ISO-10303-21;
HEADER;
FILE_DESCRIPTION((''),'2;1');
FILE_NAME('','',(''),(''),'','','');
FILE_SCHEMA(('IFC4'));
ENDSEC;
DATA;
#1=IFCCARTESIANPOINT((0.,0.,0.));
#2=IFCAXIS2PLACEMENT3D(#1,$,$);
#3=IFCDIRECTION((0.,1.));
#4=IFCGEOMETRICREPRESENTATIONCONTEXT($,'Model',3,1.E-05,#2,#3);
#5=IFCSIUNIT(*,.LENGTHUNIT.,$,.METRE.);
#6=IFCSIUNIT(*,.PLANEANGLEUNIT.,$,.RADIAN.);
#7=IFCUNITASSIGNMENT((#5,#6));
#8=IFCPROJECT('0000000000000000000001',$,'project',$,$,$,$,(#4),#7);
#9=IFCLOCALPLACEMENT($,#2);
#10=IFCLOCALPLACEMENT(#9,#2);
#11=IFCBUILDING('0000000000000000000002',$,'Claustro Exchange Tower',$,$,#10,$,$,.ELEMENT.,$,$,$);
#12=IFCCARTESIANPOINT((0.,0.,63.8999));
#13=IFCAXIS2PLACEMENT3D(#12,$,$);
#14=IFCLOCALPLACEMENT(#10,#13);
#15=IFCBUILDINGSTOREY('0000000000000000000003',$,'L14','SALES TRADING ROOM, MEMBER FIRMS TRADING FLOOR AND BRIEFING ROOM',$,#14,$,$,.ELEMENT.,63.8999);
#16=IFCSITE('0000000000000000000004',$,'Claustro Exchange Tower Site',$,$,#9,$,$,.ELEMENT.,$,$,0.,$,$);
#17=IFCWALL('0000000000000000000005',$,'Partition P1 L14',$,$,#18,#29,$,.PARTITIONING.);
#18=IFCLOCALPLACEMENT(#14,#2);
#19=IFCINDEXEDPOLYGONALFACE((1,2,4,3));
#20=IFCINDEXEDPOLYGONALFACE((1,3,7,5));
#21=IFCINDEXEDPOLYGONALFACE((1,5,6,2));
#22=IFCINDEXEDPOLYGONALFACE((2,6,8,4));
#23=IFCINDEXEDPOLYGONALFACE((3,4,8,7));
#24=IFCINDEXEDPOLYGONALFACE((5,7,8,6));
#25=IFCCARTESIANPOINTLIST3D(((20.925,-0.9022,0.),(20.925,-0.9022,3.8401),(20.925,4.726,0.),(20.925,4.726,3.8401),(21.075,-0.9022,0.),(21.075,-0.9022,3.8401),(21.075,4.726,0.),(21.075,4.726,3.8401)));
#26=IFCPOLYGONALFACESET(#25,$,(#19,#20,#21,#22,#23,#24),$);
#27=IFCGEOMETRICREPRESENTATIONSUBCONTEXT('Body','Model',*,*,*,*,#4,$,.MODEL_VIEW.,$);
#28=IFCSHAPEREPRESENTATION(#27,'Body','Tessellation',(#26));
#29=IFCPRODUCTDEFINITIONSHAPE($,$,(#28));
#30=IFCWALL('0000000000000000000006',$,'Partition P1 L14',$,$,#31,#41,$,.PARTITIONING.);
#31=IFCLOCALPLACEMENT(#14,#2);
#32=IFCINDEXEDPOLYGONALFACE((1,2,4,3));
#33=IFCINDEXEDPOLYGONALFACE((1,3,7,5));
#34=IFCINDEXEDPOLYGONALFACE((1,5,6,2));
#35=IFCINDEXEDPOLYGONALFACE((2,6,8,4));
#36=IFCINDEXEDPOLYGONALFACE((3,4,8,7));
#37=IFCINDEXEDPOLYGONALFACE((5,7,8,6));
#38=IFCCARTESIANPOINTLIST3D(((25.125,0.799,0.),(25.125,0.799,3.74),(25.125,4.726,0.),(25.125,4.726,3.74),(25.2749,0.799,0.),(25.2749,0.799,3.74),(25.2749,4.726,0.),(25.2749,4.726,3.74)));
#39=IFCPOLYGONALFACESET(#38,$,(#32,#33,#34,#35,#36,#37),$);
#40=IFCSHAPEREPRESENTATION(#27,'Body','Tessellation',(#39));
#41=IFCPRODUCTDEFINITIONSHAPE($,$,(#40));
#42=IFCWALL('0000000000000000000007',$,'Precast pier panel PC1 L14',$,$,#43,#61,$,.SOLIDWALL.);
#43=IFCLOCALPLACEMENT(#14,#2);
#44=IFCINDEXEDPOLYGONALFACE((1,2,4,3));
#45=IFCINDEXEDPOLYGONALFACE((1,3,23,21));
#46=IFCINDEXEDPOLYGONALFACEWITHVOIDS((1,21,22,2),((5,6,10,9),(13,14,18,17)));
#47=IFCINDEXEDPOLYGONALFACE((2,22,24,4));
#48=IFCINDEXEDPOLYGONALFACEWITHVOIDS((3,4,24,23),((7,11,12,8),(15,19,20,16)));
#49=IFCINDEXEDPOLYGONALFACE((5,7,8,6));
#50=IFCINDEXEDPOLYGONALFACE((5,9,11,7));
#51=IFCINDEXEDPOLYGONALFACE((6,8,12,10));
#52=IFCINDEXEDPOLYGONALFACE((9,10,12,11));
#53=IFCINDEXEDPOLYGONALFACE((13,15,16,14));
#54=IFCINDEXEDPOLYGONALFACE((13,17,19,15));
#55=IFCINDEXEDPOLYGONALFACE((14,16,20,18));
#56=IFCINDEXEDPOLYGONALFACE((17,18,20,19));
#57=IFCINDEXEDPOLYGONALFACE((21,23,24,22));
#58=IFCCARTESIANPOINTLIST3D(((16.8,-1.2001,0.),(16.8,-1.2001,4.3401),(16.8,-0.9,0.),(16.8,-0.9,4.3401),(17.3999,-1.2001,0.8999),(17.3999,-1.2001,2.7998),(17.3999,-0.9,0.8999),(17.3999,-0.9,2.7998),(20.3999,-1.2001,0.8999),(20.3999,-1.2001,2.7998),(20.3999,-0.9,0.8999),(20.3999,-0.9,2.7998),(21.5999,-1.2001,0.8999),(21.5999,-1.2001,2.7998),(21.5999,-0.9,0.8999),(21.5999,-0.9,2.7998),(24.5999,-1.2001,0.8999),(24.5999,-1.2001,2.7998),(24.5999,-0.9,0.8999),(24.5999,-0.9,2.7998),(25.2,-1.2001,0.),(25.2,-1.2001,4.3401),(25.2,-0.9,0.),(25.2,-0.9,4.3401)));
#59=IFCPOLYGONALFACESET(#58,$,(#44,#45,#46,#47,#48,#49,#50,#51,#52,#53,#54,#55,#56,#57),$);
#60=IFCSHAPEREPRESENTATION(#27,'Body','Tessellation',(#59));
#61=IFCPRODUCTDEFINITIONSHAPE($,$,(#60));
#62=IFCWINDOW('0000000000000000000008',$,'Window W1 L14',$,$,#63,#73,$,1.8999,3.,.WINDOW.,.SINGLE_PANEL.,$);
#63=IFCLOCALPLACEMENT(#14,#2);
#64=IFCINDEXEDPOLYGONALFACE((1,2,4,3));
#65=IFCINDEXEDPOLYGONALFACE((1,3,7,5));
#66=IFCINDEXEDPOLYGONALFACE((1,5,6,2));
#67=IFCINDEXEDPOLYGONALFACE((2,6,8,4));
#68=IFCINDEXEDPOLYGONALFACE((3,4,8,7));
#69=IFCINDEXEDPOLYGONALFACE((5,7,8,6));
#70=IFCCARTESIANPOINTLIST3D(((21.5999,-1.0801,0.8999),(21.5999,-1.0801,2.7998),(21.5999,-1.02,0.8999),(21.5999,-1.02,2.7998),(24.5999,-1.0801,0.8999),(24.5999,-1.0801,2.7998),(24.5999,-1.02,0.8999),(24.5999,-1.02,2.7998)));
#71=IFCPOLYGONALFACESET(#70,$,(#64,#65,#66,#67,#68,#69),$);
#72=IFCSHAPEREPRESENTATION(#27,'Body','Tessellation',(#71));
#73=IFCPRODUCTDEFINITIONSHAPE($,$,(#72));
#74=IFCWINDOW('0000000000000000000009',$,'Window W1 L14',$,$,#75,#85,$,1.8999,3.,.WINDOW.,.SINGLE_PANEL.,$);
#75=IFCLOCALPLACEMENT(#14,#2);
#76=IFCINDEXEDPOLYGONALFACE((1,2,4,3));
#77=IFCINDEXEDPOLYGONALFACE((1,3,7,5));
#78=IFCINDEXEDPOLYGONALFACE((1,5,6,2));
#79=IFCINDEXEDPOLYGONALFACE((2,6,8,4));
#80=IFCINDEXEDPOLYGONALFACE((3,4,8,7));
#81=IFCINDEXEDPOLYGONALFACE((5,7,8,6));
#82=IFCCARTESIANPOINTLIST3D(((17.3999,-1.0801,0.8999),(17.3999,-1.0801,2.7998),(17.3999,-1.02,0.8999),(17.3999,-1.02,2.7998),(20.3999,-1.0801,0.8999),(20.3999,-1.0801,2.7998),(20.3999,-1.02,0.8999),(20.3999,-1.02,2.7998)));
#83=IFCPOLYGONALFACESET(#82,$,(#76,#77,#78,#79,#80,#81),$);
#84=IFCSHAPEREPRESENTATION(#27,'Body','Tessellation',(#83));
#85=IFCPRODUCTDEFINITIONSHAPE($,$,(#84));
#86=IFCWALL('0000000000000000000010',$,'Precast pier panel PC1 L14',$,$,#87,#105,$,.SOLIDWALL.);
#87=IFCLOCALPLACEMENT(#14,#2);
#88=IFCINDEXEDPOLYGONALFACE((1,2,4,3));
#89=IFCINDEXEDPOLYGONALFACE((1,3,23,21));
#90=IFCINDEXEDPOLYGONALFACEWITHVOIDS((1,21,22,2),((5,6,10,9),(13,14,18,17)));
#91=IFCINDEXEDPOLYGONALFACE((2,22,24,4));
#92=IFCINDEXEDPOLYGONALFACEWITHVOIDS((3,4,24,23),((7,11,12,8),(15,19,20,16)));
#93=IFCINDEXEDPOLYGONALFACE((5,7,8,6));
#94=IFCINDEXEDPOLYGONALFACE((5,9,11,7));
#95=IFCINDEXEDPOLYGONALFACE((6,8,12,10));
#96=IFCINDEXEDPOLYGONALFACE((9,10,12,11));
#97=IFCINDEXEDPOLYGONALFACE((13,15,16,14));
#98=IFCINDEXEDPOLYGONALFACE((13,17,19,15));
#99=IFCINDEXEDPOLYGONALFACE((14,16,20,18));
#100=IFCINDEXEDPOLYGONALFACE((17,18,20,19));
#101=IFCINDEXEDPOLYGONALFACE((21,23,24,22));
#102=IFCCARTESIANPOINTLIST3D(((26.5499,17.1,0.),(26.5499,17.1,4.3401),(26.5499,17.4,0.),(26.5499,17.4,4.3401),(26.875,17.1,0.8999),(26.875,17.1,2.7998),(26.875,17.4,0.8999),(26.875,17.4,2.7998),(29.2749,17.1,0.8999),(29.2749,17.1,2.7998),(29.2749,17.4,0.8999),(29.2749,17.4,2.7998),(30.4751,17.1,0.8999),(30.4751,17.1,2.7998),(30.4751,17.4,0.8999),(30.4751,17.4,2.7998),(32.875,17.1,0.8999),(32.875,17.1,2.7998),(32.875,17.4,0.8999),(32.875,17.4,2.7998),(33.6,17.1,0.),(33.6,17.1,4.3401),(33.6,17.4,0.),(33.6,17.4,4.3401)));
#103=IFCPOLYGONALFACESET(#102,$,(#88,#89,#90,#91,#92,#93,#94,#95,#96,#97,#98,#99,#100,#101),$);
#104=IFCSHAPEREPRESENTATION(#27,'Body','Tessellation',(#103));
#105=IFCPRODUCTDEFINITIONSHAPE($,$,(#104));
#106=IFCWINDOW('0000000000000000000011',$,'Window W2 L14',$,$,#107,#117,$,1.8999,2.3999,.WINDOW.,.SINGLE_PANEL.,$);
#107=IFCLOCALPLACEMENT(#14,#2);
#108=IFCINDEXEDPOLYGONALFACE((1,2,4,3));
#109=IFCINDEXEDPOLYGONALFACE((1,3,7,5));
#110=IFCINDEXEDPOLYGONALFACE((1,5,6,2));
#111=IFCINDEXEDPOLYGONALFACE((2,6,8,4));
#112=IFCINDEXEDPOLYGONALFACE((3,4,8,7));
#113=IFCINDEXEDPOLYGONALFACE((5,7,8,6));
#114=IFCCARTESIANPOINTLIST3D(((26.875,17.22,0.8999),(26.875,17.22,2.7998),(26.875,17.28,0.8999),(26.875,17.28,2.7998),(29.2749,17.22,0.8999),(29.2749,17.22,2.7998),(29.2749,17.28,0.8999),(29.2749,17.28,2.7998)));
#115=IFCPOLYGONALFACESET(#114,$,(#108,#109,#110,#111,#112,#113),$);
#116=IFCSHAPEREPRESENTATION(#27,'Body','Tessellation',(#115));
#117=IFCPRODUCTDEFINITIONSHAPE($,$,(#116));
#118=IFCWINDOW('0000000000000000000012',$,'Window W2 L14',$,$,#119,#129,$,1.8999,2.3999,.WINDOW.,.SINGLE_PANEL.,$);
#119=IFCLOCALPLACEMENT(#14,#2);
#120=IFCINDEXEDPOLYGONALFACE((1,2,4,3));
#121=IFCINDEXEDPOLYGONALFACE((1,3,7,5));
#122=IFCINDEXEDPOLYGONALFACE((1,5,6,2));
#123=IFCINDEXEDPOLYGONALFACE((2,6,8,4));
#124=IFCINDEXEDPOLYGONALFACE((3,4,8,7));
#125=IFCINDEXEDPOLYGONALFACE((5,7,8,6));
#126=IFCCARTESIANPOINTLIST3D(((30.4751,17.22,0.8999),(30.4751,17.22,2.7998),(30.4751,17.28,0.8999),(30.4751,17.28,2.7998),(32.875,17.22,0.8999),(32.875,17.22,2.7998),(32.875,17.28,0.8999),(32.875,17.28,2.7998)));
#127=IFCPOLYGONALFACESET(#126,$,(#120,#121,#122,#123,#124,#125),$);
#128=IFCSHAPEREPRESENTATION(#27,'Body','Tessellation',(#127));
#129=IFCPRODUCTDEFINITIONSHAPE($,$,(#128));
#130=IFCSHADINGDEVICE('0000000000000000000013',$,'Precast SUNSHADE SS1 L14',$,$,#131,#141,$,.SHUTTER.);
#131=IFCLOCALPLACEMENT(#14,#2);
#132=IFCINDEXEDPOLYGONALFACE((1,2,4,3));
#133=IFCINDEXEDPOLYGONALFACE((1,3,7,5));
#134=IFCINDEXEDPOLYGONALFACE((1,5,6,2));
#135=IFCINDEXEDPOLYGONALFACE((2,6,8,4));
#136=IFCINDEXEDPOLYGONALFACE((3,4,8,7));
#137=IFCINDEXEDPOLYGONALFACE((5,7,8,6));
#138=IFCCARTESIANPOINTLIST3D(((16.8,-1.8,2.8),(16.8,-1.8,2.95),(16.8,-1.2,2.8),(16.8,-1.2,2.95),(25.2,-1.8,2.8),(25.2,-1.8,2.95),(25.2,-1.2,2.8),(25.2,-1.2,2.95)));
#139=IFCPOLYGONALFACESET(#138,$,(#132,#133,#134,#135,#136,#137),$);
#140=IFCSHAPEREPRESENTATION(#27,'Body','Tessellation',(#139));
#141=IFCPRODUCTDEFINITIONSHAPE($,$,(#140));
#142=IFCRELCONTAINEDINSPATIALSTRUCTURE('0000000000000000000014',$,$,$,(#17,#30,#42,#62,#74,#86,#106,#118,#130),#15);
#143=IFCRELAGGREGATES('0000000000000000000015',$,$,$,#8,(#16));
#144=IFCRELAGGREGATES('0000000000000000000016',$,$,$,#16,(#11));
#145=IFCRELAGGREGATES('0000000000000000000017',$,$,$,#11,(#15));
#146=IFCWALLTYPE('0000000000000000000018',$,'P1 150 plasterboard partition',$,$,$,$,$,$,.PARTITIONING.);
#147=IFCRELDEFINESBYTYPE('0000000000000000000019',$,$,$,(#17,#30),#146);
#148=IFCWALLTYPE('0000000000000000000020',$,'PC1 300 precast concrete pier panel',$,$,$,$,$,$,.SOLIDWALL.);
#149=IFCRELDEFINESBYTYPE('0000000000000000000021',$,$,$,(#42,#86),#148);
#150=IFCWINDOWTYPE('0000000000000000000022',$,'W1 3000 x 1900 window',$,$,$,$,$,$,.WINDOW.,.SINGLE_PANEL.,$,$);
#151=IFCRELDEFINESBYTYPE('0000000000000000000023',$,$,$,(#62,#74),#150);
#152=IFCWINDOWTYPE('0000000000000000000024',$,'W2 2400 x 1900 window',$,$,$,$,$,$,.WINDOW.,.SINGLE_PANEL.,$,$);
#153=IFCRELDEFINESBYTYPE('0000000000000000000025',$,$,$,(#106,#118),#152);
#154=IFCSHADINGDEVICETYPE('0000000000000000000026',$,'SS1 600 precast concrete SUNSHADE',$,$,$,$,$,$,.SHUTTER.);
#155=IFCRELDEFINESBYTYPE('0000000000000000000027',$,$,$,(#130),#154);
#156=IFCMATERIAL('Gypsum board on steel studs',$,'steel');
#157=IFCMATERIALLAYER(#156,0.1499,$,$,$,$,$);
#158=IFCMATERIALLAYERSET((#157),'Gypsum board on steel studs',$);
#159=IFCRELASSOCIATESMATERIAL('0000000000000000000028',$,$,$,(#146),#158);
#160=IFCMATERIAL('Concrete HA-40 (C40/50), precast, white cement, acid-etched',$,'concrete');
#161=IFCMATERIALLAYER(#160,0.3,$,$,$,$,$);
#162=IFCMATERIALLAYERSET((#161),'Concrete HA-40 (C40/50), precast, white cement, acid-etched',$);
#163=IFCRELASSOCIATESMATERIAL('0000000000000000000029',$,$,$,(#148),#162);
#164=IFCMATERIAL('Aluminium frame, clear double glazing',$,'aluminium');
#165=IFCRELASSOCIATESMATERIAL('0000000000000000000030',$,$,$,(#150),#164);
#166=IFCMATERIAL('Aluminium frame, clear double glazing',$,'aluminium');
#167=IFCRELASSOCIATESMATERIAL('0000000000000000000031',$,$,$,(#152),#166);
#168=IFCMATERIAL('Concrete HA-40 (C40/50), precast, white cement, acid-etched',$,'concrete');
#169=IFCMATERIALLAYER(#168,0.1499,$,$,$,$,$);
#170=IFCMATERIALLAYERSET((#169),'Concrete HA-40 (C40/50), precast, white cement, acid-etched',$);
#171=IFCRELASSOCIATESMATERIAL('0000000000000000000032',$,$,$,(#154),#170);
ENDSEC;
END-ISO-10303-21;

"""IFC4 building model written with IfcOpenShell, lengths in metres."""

from ifc_helpers import new_model, si_unit, direction, frame, frame_2d, origin, origin_2d, place, context, subcontext, project, spatial, rectangle, extrude, material, layer, layer_set, type_object, element, fill, save


model = new_model("IFC4")

# Units and contexts
model_context = context("Model", 3, precision=1e-05, world=origin(), true_north=direction((0.0, 1.0)))
body_context = subcontext(model_context, "Body", "Model", "MODEL_VIEW")
ifc_project = project(units=[si_unit("LENGTHUNIT", "METRE"), si_unit("PLANEANGLEUNIT", "RADIAN")], contexts=[model_context])

# Site, building, storey
site_placement = place(None, origin())
site = spatial("IfcSite", under=ifc_project, at=site_placement, Name="Claustro Exchange Tower Site", CompositionType="ELEMENT", RefElevation=0.0)
building_placement = place(site_placement, origin())
building = spatial("IfcBuilding", under=site, at=building_placement, Name="Claustro Exchange Tower", CompositionType="ELEMENT")
storey_placement = place(building_placement, frame((0.0, 0.0, 63.8999)))
storey = spatial("IfcBuildingStorey", under=building, at=storey_placement, Name="L14", Description="SALES TRADING ROOM, MEMBER FIRMS TRADING FLOOR AND BRIEFING ROOM", CompositionType="ELEMENT", Elevation=63.8999)

# Walls
ifc_material_1 = material(Name="Gypsum board on steel studs", Category="steel")
ifc_layer_1 = layer(ifc_material_1, 0.1499)
ifc_layer_set_1 = layer_set([ifc_layer_1], Name="Gypsum board on steel studs")
wall_type_1 = type_object("IfcWallType", Name="P1 150 plasterboard partition", PredefinedType="PARTITIONING", material=ifc_layer_set_1)
wall_1_placement = place(storey_placement, frame((21.0, -0.9021, 0.0), z_axis=(0.0, 0.0, 1.0), x_axis=(0.0, 1.0, 0.0)))
element("IfcWall", 1, at=wall_1_placement, inside=storey, type_object=wall_type_1, Name="Partition P1 L14", PredefinedType="PARTITIONING", context=body_context, shape_type="SweptSolid", body=[
    extrude(rectangle(XDim=5.6282, YDim=0.1499, at=frame_2d((2.814, 0.0))), origin(), (0.0, 0.0, 1.0), 3.8401),
])
wall_2_placement = place(storey_placement, frame((25.2, 0.7991, 0.0), z_axis=(0.0, 0.0, 1.0), x_axis=(0.0, 1.0, 0.0)))
element("IfcWall", 2, at=wall_2_placement, inside=storey, type_object=wall_type_1, Name="Partition P1 L14", PredefinedType="PARTITIONING", context=body_context, shape_type="SweptSolid", body=[
    extrude(rectangle(XDim=3.927, YDim=0.1499, at=frame_2d((1.9634, 0.0))), origin(), (0.0, 0.0, 1.0), 3.74),
])

# Walls, openings, windows
ifc_material_2 = material(Name="Concrete HA-40 (C40/50), precast, white cement, acid-etched", Category="concrete")
ifc_layer_2 = layer(ifc_material_2, 0.3)
ifc_layer_set_2 = layer_set([ifc_layer_2], Name="Concrete HA-40 (C40/50), precast, white cement, acid-etched")
wall_type_2 = type_object("IfcWallType", Name="PC1 300 precast concrete pier panel", PredefinedType="SOLIDWALL", material=ifc_layer_set_2)
wall_3_placement = place(storey_placement, frame((25.2, -1.05, 0.0), z_axis=(0.0, 0.0, 1.0), x_axis=(-1.0, 0.0, 0.0)))
wall_3 = element("IfcWall", 3, at=wall_3_placement, inside=storey, type_object=wall_type_2, Name="Precast pier panel PC1 L14", PredefinedType="SOLIDWALL", context=body_context, shape_type="SweptSolid", body=[
    extrude(rectangle(XDim=8.3999, YDim=0.3, at=frame_2d((4.2, 0.0))), origin(), (0.0, 0.0, 1.0), 4.3401),
])
opening_1_placement = place(wall_3_placement, frame((0.6001, 0.0, 0.8999)))
opening_1 = element("IfcOpeningElement", 4, at=opening_1_placement, cuts=wall_3, PredefinedType="OPENING", context=body_context, shape_type="SweptSolid", body=[
    extrude(rectangle(XDim=3.0, YDim=1.8999, at=frame_2d((1.5, 0.95))), frame((0.0, 0.1599, 0.0), z_axis=(0.0, -1.0, 0.0), x_axis=(1.0, 0.0, 0.0)), (0.0, 0.0, 1.0), 0.3201),
])
opening_2_placement = place(wall_3_placement, frame((4.8, 0.0, 0.8999)))
opening_2 = element("IfcOpeningElement", 5, at=opening_2_placement, cuts=wall_3, PredefinedType="OPENING", context=body_context, shape_type="SweptSolid", body=[
    extrude(rectangle(XDim=3.0, YDim=1.8999, at=frame_2d((1.5, 0.95))), frame((0.0, 0.1599, 0.0), z_axis=(0.0, -1.0, 0.0), x_axis=(1.0, 0.0, 0.0)), (0.0, 0.0, 1.0), 0.3201),
])
ifc_material_3 = material(Name="Aluminium frame, clear double glazing", Category="aluminium")
window_type_1 = type_object("IfcWindowType", Name="W1 3000 x 1900 window", PartitioningType="SINGLE_PANEL", PredefinedType="WINDOW", material=ifc_material_3)
window_1_placement = place(opening_1_placement, origin())
window_1 = element("IfcWindow", 6, at=window_1_placement, inside=storey, type_object=window_type_1, Name="Window W1 L14", OverallHeight=1.8999, OverallWidth=3.0, PartitioningType="SINGLE_PANEL", PredefinedType="WINDOW", context=body_context, shape_type="SweptSolid", body=[
    extrude(rectangle(XDim=3.0, YDim=1.8999, at=frame_2d((1.5, 0.95))), frame((0.0, 0.03, 0.0), z_axis=(0.0, -1.0, 0.0), x_axis=(1.0, 0.0, 0.0)), (0.0, 0.0, 1.0), 0.0601),
])
fill(opening_1, window_1)
window_2_placement = place(opening_2_placement, origin())
window_2 = element("IfcWindow", 7, at=window_2_placement, inside=storey, type_object=window_type_1, Name="Window W1 L14", OverallHeight=1.8999, OverallWidth=3.0, PartitioningType="SINGLE_PANEL", PredefinedType="WINDOW", context=body_context, shape_type="SweptSolid", body=[
    extrude(rectangle(XDim=3.0, YDim=1.8999, at=frame_2d((1.5, 0.95))), frame((0.0, 0.03, 0.0), z_axis=(0.0, -1.0, 0.0), x_axis=(1.0, 0.0, 0.0)), (0.0, 0.0, 1.0), 0.0601),
])
fill(opening_2, window_2)
wall_4_placement = place(storey_placement, frame((26.55, 17.25, 0.0), z_axis=(0.0, 0.0, 1.0), x_axis=(1.0, 0.0, 0.0)))
wall_4 = element("IfcWall", 8, at=wall_4_placement, inside=storey, type_object=wall_type_2, Name="Precast pier panel PC1 L14", PredefinedType="SOLIDWALL", context=body_context, shape_type="SweptSolid", body=[
    extrude(rectangle(XDim=7.05, YDim=0.3, at=frame_2d((3.5249, 0.0))), origin(), (0.0, 0.0, 1.0), 4.3401),
])
opening_3_placement = place(wall_4_placement, frame((0.325, 0.0, 0.8999)))
opening_3 = element("IfcOpeningElement", 9, at=opening_3_placement, cuts=wall_4, PredefinedType="OPENING", context=body_context, shape_type="SweptSolid", body=[
    extrude(rectangle(XDim=2.3999, YDim=1.8999, at=frame_2d((1.2, 0.95))), frame((0.0, 0.1599, 0.0), z_axis=(0.0, -1.0, 0.0), x_axis=(1.0, 0.0, 0.0)), (0.0, 0.0, 1.0), 0.3201),
])
opening_4_placement = place(wall_4_placement, frame((3.925, 0.0, 0.8999)))
opening_4 = element("IfcOpeningElement", 10, at=opening_4_placement, cuts=wall_4, PredefinedType="OPENING", context=body_context, shape_type="SweptSolid", body=[
    extrude(rectangle(XDim=2.3999, YDim=1.8999, at=frame_2d((1.2, 0.95))), frame((0.0, 0.1599, 0.0), z_axis=(0.0, -1.0, 0.0), x_axis=(1.0, 0.0, 0.0)), (0.0, 0.0, 1.0), 0.3201),
])
ifc_material_4 = material(Name="Aluminium frame, clear double glazing", Category="aluminium")
window_type_2 = type_object("IfcWindowType", Name="W2 2400 x 1900 window", PartitioningType="SINGLE_PANEL", PredefinedType="WINDOW", material=ifc_material_4)
window_3_placement = place(opening_3_placement, origin())
window_3 = element("IfcWindow", 11, at=window_3_placement, inside=storey, type_object=window_type_2, Name="Window W2 L14", OverallHeight=1.8999, OverallWidth=2.3999, PartitioningType="SINGLE_PANEL", PredefinedType="WINDOW", context=body_context, shape_type="SweptSolid", body=[
    extrude(rectangle(XDim=2.3999, YDim=1.8999, at=frame_2d((1.2, 0.95))), frame((0.0, 0.03, 0.0), z_axis=(0.0, -1.0, 0.0), x_axis=(1.0, 0.0, 0.0)), (0.0, 0.0, 1.0), 0.0601),
])
fill(opening_3, window_3)
window_4_placement = place(opening_4_placement, origin())
window_4 = element("IfcWindow", 12, at=window_4_placement, inside=storey, type_object=window_type_2, Name="Window W2 L14", OverallHeight=1.8999, OverallWidth=2.3999, PartitioningType="SINGLE_PANEL", PredefinedType="WINDOW", context=body_context, shape_type="SweptSolid", body=[
    extrude(rectangle(XDim=2.3999, YDim=1.8999, at=frame_2d((1.2, 0.95))), frame((0.0, 0.03, 0.0), z_axis=(0.0, -1.0, 0.0), x_axis=(1.0, 0.0, 0.0)), (0.0, 0.0, 1.0), 0.0601),
])
fill(opening_4, window_4)

# Shading device
ifc_material_5 = material(Name="Concrete HA-40 (C40/50), precast, white cement, acid-etched", Category="concrete")
ifc_layer_3 = layer(ifc_material_5, 0.1499)
ifc_layer_set_3 = layer_set([ifc_layer_3], Name="Concrete HA-40 (C40/50), precast, white cement, acid-etched")
shading_device_type = type_object("IfcShadingDeviceType", Name="SS1 600 precast concrete SUNSHADE", PredefinedType="SHUTTER", material=ifc_layer_set_3)
shading_device_placement = place(storey_placement, frame((21.0, -1.5, 2.8), z_axis=(0.0, 0.0, 1.0), x_axis=(-1.0, 0.0, 0.0)))
element("IfcShadingDevice", 13, at=shading_device_placement, inside=storey, type_object=shading_device_type, Name="Precast SUNSHADE SS1 L14", PredefinedType="SHUTTER", context=body_context, shape_type="SweptSolid", body=[
    extrude(rectangle(XDim=8.3999, YDim=0.6001, at=origin_2d()), origin(), (0.0, 0.0, 1.0), 0.1499),
])

save(model, "model.ifc")
